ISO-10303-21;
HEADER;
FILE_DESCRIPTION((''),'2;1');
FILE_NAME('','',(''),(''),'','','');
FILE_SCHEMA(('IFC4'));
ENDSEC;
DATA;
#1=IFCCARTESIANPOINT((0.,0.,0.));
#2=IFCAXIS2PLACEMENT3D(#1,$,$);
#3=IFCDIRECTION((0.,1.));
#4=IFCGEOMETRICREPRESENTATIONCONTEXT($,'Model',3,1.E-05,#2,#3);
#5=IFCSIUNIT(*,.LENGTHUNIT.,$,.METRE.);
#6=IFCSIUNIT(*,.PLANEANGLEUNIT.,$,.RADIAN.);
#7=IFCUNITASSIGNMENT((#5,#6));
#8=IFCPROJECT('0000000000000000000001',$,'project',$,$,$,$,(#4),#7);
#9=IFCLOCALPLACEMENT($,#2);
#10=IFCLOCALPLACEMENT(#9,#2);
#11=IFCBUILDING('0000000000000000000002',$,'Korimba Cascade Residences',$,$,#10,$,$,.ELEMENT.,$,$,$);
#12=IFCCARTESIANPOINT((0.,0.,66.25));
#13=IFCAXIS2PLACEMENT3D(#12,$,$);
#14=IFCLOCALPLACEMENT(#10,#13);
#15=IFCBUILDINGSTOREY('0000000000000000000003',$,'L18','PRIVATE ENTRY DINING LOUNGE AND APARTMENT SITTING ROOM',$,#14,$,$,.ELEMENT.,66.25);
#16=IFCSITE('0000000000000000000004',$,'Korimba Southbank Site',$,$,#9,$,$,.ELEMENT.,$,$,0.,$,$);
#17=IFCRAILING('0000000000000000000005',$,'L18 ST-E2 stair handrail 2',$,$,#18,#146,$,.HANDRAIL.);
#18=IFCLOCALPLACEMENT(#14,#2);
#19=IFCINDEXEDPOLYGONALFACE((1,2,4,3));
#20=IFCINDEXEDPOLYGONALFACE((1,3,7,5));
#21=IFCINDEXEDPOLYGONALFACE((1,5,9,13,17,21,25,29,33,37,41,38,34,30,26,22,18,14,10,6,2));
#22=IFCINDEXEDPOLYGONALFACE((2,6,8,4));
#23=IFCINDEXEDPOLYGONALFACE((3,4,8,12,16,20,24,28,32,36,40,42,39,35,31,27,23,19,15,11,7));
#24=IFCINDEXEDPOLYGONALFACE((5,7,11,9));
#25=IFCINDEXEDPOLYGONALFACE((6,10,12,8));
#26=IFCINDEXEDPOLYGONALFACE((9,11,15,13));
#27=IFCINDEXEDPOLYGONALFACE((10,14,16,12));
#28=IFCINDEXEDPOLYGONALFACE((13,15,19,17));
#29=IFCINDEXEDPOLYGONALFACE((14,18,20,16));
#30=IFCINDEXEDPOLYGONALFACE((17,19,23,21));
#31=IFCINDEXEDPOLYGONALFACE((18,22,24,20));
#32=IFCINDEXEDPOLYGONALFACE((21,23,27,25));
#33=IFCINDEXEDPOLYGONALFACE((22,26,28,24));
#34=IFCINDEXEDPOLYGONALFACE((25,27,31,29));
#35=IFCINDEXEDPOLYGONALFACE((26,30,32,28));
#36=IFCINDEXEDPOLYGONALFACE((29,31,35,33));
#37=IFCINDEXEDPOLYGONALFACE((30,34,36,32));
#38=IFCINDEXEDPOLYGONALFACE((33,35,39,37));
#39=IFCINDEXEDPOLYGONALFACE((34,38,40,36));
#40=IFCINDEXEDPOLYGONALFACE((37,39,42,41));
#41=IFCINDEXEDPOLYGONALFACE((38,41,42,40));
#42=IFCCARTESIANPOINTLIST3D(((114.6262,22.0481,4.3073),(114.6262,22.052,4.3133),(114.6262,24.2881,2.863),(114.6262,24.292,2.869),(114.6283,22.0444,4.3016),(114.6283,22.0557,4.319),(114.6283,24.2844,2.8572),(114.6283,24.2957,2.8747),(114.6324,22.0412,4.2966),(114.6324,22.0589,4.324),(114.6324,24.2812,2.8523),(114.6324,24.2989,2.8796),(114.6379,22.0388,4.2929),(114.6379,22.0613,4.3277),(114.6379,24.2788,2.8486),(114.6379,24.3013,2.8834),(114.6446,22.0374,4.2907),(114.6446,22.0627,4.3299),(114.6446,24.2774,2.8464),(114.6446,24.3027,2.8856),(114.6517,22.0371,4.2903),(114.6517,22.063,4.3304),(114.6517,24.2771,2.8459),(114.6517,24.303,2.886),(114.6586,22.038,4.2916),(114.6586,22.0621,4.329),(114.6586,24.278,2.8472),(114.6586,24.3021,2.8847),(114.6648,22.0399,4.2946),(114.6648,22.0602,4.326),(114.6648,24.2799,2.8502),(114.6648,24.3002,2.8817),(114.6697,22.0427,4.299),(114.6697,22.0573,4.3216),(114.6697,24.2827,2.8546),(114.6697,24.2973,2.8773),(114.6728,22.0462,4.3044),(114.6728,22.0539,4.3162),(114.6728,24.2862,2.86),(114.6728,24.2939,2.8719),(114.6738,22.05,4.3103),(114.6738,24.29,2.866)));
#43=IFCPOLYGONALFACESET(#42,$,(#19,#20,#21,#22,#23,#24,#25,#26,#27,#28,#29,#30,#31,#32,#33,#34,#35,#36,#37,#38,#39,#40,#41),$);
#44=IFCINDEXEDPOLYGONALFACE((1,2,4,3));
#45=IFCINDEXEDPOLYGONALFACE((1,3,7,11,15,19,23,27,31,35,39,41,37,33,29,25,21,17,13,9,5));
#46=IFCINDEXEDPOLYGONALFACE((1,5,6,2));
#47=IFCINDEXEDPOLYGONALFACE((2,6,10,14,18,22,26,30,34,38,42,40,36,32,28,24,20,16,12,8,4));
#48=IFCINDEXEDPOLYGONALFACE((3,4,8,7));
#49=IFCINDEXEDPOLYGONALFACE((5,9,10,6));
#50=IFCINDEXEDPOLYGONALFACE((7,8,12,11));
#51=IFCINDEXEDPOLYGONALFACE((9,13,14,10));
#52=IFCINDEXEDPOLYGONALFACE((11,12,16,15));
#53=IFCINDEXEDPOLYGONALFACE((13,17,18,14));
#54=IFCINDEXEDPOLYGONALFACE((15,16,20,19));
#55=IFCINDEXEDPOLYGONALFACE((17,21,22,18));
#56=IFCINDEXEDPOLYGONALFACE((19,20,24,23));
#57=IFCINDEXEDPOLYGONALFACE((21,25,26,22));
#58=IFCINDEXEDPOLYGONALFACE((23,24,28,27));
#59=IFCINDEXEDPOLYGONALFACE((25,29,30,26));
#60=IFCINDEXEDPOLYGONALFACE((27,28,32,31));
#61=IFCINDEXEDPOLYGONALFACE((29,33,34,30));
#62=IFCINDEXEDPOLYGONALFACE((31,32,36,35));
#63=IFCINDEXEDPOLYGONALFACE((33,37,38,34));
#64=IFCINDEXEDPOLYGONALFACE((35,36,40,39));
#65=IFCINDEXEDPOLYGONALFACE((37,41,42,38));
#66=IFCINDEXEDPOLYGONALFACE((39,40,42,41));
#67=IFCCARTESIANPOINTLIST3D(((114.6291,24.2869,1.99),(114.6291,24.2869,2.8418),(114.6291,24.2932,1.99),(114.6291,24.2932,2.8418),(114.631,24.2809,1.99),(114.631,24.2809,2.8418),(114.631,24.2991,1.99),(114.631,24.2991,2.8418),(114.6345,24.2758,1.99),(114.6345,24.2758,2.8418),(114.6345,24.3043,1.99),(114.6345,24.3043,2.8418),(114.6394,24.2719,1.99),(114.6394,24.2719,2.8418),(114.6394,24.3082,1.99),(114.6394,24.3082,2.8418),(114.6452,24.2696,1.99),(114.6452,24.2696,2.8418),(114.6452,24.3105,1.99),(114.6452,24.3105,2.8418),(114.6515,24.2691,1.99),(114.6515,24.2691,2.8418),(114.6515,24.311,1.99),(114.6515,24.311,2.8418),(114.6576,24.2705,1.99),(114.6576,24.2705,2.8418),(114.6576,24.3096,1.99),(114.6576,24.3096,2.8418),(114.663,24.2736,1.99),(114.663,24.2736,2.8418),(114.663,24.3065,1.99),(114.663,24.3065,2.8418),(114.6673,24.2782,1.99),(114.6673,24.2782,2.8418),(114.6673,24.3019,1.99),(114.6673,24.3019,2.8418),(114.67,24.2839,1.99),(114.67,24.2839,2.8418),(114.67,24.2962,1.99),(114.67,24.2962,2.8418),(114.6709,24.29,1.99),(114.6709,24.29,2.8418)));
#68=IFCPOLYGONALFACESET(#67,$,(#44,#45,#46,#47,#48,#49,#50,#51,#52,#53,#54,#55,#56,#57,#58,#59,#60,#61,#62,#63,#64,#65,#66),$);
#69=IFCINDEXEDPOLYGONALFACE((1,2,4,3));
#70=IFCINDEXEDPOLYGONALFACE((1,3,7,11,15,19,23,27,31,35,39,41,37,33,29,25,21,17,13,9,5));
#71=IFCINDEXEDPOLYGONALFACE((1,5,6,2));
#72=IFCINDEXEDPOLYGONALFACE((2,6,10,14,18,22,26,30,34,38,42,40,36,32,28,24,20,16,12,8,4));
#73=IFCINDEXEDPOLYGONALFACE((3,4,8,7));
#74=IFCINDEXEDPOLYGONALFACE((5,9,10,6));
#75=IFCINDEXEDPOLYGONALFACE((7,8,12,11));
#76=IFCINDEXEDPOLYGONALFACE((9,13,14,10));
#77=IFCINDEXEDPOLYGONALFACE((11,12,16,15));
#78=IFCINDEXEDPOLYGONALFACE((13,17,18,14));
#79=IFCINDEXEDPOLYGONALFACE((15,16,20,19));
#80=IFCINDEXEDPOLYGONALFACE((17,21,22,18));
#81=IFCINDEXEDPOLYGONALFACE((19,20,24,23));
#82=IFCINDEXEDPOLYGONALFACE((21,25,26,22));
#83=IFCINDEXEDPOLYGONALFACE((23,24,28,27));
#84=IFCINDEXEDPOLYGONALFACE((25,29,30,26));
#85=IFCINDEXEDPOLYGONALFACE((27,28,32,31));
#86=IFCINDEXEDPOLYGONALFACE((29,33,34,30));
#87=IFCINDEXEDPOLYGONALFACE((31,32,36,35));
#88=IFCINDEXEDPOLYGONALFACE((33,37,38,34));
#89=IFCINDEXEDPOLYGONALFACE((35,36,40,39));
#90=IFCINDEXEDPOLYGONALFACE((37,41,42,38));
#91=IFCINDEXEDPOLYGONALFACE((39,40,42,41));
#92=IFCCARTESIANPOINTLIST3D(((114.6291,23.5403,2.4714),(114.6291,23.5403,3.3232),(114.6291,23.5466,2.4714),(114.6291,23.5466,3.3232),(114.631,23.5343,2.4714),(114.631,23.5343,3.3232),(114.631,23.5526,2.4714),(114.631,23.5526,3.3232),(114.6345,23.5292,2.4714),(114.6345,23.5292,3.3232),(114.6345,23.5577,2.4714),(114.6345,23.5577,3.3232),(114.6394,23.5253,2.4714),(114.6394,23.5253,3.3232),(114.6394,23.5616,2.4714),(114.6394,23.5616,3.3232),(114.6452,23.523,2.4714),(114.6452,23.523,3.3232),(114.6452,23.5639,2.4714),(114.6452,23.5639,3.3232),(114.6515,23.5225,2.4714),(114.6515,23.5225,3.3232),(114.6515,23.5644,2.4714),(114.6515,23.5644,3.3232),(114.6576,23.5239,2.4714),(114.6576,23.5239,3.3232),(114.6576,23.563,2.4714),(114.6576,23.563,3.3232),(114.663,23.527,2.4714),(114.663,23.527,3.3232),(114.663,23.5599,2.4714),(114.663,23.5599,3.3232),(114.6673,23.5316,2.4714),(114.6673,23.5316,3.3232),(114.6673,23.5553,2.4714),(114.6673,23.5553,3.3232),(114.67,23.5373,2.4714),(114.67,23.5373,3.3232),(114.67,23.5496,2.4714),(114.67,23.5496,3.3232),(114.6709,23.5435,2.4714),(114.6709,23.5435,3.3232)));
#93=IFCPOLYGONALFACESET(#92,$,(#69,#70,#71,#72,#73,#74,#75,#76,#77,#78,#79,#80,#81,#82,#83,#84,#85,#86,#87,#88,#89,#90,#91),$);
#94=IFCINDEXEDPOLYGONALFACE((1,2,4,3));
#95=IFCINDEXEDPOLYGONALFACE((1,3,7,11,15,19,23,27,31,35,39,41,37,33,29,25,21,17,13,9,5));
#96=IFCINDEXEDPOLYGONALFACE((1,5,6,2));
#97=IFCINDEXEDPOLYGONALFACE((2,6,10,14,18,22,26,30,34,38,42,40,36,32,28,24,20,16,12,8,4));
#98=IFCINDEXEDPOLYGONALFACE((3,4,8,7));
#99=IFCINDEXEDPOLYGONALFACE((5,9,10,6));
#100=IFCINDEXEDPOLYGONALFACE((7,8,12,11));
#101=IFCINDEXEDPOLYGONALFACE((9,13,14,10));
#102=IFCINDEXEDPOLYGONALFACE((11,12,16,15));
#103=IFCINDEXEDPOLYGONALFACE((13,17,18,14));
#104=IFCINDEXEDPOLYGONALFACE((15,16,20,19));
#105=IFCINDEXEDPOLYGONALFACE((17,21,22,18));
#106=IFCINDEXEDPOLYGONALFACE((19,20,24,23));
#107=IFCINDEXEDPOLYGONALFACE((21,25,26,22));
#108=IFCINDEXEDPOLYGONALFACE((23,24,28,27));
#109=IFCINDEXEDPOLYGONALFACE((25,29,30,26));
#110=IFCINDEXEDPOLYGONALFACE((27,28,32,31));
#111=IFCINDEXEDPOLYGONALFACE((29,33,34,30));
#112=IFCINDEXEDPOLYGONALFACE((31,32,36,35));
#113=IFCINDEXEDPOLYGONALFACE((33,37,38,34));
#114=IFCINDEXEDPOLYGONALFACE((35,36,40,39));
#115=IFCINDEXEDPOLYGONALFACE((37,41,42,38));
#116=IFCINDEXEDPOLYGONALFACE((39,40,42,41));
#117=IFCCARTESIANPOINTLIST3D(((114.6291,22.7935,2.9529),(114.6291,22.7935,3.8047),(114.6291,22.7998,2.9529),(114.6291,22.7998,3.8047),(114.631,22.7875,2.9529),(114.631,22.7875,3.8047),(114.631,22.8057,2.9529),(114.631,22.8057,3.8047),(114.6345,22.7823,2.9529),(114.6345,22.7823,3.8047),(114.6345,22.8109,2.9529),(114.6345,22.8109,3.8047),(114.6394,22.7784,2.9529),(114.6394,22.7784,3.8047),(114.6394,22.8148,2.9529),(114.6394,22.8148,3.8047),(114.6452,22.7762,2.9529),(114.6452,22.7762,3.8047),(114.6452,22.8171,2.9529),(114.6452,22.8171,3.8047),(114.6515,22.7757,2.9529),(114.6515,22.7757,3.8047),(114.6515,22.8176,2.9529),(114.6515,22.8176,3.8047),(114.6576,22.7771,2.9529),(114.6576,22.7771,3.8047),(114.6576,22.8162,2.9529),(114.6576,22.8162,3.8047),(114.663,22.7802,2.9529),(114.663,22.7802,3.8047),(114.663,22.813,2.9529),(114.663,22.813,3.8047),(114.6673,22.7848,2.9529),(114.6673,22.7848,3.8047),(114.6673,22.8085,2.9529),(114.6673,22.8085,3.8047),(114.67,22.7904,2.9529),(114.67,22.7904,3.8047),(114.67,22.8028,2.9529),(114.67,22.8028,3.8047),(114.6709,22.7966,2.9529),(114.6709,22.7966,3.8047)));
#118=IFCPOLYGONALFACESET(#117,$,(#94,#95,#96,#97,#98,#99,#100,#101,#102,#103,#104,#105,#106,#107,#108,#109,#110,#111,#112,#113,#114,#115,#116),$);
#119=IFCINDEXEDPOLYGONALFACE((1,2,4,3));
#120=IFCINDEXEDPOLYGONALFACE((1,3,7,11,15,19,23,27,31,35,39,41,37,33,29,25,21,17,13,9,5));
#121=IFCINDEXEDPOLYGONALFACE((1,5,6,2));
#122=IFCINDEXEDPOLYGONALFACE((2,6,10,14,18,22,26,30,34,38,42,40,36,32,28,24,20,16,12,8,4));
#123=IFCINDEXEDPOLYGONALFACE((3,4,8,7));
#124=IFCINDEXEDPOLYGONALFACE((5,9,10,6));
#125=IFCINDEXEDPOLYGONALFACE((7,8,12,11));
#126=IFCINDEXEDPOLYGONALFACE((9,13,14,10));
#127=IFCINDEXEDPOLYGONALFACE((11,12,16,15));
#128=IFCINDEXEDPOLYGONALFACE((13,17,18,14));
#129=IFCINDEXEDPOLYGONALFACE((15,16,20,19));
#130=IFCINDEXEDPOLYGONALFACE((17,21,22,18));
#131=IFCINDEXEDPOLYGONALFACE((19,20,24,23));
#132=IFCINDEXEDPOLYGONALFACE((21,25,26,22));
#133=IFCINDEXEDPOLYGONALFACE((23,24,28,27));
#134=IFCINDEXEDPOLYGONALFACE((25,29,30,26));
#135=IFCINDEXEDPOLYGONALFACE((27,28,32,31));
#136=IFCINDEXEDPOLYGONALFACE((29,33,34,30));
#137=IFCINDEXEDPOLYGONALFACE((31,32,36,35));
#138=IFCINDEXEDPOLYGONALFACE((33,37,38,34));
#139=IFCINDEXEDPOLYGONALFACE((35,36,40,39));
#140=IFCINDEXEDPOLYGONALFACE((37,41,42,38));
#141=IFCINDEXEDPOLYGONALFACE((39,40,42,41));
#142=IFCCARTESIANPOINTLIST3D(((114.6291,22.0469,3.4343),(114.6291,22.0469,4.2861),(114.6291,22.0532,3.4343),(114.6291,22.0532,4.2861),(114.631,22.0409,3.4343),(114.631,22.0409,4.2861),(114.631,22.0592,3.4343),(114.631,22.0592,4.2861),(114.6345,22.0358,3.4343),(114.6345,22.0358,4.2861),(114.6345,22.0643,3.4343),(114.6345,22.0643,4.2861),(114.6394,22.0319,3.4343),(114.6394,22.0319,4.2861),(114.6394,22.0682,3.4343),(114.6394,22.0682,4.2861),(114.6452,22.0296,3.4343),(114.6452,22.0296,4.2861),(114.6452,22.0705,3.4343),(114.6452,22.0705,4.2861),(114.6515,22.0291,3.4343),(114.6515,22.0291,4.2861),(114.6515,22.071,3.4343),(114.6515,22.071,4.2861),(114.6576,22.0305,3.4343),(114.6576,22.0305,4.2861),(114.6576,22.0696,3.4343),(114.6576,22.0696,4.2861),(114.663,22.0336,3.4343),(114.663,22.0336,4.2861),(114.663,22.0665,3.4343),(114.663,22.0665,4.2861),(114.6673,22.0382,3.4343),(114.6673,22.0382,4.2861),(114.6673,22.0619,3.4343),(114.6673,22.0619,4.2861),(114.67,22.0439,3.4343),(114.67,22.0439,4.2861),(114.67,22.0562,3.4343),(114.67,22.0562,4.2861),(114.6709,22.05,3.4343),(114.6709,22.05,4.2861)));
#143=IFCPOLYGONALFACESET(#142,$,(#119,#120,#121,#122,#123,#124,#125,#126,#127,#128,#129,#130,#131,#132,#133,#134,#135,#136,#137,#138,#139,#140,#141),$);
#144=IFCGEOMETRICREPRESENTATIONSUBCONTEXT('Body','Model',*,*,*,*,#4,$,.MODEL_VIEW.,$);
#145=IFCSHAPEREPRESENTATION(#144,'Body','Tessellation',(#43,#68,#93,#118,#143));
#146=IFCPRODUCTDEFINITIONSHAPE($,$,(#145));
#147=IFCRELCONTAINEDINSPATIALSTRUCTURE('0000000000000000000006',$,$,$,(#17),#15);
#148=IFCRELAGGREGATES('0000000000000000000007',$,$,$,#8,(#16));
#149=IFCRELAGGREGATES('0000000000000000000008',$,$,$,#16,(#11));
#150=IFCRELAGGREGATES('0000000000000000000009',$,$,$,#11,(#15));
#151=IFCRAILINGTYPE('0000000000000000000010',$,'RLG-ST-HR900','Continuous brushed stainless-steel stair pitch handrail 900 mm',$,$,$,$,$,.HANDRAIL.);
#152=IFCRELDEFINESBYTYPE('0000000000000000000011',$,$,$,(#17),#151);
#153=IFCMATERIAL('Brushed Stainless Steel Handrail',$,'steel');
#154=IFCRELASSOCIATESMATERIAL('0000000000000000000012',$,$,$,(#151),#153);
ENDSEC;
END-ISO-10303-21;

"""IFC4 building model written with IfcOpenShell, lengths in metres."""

from ifc_helpers import new_model, si_unit, direction, frame, origin, origin_2d, place, context, subcontext, project, spatial, circle, extrude, material, type_object, element, save


model = new_model("IFC4")

# Units and contexts
model_context = context("Model", 3, precision=1e-05, world=origin(), true_north=direction((0.0, 1.0)))
body_context = subcontext(model_context, "Body", "Model", "MODEL_VIEW")
ifc_project = project(units=[si_unit("LENGTHUNIT", "METRE"), si_unit("PLANEANGLEUNIT", "RADIAN")], contexts=[model_context])

# Site, building, storey
site_placement = place(None, origin())
site = spatial("IfcSite", under=ifc_project, at=site_placement, Name="Korimba Southbank Site", CompositionType="ELEMENT", RefElevation=0.0)
building_placement = place(site_placement, origin())
building = spatial("IfcBuilding", under=site, at=building_placement, Name="Korimba Cascade Residences", CompositionType="ELEMENT")
storey_placement = place(building_placement, frame((0.0, 0.0, 66.25)))
storey = spatial("IfcBuildingStorey", under=building, at=storey_placement, Name="L18", Description="PRIVATE ENTRY DINING LOUNGE AND APARTMENT SITTING ROOM", CompositionType="ELEMENT", Elevation=66.25)

# Railing
ifc_material_1 = material(Name="Brushed Stainless Steel Handrail", Category="steel")
railing_type_1 = type_object("IfcRailingType", Name="RLG-ST-HR900", Description="Continuous brushed stainless-steel stair pitch handrail 900 mm", PredefinedType="HANDRAIL", material=ifc_material_1)
railing_1_placement = place(storey_placement, frame((114.6499, 24.29, 1.99)))
element("IfcRailing", 1, at=railing_1_placement, inside=storey, type_object=railing_type_1, Name="L18 ST-E2 stair handrail 2", PredefinedType="HANDRAIL", context=body_context, shape_type="SweptSolid", body=[
    extrude(circle(Radius=0.0239, at=origin_2d()), frame((0.0, 0.0, 0.876), z_axis=(0.0, -0.840437, 0.54191), x_axis=(1.0, 0.0, 0.0)), (0.0, 0.0, 1.0), 2.6653),
    extrude(circle(Radius=0.021, at=origin_2d()), origin(), (0.0, 0.0, 1.0), 0.8518),
    extrude(circle(Radius=0.021, at=origin_2d()), frame((0.0, -0.7466, 0.4814)), (0.0, 0.0, 1.0), 0.8518),
    extrude(circle(Radius=0.021, at=origin_2d()), frame((0.0, -1.4934, 0.9629)), (0.0, 0.0, 1.0), 0.8518),
    extrude(circle(Radius=0.021, at=origin_2d()), frame((0.0, -2.24, 1.4443)), (0.0, 0.0, 1.0), 0.8518),
])

save(model, "model.ifc")
